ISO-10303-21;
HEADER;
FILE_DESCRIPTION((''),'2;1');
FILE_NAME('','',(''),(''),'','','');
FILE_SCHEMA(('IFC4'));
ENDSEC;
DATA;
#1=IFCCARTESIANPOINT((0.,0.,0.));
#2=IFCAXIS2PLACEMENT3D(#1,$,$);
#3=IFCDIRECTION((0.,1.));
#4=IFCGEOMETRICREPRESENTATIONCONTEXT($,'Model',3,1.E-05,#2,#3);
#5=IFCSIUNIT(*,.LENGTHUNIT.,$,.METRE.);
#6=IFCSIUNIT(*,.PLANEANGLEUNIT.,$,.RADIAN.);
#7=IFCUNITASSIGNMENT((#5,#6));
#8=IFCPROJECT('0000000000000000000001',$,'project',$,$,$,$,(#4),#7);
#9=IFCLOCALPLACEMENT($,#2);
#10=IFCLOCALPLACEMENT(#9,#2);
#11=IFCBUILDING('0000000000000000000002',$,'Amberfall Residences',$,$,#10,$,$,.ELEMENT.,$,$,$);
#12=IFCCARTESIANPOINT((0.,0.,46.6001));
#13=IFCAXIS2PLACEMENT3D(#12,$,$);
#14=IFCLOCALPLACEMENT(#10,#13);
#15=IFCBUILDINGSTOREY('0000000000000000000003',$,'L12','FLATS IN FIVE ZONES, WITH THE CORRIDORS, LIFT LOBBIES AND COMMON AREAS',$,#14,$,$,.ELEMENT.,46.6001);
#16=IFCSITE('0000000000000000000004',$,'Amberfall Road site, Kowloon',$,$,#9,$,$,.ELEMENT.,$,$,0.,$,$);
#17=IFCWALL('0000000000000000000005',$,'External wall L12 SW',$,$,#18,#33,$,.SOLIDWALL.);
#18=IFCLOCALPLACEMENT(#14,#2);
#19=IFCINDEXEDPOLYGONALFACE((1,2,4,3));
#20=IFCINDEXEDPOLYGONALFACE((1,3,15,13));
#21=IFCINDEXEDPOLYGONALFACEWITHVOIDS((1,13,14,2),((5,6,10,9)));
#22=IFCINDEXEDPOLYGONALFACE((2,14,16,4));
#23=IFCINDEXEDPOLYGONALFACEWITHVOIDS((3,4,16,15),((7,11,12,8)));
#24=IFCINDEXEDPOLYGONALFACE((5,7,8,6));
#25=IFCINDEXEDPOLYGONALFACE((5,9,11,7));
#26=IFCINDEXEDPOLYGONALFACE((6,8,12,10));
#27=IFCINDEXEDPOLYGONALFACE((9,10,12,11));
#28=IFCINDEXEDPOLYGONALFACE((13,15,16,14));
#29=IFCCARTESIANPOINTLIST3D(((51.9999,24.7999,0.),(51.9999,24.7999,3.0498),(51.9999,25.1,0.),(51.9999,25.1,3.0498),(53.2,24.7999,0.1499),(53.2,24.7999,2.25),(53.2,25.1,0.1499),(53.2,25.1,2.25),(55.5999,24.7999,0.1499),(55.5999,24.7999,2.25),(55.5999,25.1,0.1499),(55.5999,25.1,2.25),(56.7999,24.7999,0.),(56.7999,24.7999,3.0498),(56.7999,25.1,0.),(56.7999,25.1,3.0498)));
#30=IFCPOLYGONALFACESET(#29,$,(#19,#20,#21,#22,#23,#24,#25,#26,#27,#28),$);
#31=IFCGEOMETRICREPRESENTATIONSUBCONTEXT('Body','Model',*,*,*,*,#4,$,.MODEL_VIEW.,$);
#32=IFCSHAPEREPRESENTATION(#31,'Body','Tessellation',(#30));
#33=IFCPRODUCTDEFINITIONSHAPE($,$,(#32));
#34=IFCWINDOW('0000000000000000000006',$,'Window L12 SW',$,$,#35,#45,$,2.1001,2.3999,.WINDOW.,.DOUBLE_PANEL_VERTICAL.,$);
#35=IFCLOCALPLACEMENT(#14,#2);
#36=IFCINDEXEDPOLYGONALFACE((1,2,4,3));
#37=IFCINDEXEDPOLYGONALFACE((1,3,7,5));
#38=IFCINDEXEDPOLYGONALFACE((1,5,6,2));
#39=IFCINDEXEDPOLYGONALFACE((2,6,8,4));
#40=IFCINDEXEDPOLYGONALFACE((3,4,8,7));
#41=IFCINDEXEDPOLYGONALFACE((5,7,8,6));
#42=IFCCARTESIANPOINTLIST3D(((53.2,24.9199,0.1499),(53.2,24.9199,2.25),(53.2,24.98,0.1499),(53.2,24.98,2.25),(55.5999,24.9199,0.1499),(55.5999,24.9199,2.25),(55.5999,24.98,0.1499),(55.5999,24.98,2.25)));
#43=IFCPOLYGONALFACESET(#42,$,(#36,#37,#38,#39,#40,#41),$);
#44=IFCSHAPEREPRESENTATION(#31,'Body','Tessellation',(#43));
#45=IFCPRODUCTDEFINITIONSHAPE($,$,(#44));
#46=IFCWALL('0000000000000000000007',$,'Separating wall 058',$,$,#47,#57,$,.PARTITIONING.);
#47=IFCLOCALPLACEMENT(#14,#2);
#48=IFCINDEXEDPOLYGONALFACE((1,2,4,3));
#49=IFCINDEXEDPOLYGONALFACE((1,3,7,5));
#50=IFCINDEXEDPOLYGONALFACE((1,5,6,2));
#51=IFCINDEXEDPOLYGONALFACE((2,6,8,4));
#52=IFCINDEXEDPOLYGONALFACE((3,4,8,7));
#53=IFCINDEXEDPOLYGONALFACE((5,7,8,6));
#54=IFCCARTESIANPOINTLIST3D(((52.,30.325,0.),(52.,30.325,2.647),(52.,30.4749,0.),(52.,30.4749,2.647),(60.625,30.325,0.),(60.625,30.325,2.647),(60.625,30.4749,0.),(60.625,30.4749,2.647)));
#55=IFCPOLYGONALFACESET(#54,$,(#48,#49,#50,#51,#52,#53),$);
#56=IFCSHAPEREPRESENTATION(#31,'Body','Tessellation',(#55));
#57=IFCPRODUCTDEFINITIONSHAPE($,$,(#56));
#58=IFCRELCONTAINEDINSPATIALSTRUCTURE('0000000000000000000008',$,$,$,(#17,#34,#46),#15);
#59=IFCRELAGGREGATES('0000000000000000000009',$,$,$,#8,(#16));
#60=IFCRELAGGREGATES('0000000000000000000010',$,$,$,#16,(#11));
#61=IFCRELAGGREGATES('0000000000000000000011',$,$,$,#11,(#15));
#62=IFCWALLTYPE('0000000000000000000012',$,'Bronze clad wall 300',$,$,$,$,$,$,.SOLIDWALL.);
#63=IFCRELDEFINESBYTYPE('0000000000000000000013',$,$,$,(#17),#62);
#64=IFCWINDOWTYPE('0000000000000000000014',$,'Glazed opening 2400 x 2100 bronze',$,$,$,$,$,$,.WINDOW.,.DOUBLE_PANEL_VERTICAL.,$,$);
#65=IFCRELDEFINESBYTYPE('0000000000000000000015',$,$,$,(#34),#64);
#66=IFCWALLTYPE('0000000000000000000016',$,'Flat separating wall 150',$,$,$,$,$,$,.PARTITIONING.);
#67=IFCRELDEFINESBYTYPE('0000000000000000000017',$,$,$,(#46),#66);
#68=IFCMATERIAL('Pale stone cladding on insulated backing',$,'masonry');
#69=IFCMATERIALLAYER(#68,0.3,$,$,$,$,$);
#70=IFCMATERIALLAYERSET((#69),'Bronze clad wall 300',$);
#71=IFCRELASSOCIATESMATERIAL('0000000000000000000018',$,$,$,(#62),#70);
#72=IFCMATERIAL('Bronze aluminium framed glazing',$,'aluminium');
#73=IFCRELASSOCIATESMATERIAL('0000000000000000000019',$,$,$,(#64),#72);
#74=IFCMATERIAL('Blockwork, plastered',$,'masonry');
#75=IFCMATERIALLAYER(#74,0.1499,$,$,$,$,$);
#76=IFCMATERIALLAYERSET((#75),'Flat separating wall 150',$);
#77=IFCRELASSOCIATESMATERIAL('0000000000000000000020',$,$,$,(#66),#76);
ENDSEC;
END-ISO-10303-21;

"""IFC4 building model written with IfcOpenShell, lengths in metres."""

from ifc_helpers import new_model, si_unit, direction, frame, frame_2d, origin, place, context, subcontext, project, spatial, rectangle, extrude, material, layer, layer_set, type_object, element, fill, save


model = new_model("IFC4")

# Units and contexts
model_context = context("Model", 3, precision=1e-05, world=origin(), true_north=direction((0.0, 1.0)))
body_context = subcontext(model_context, "Body", "Model", "MODEL_VIEW")
ifc_project = project(units=[si_unit("LENGTHUNIT", "METRE"), si_unit("PLANEANGLEUNIT", "RADIAN")], contexts=[model_context])

# Site, building, storey
site_placement = place(None, origin())
site = spatial("IfcSite", under=ifc_project, at=site_placement, Name="Amberfall Road site, Kowloon", CompositionType="ELEMENT", RefElevation=0.0)
building_placement = place(site_placement, origin())
building = spatial("IfcBuilding", under=site, at=building_placement, Name="Amberfall Residences", CompositionType="ELEMENT")
storey_placement = place(building_placement, frame((0.0, 0.0, 46.6001)))
storey = spatial("IfcBuildingStorey", under=building, at=storey_placement, Name="L12", Description="FLATS IN FIVE ZONES, WITH THE CORRIDORS, LIFT LOBBIES AND COMMON AREAS", CompositionType="ELEMENT", Elevation=46.6001)

# Wall, opening, window
ifc_material_1 = material(Name="Pale stone cladding on insulated backing", Category="masonry")
ifc_layer_1 = layer(ifc_material_1, 0.3)
ifc_layer_set_1 = layer_set([ifc_layer_1], Name="Bronze clad wall 300")
wall_type_1 = type_object("IfcWallType", Name="Bronze clad wall 300", PredefinedType="SOLIDWALL", material=ifc_layer_set_1)
wall_1_placement = place(storey_placement, frame((52.0, 24.95, 0.0), z_axis=(0.0, 0.0, 1.0), x_axis=(1.0, 0.0, 0.0)))
wall_1 = element("IfcWall", 1, at=wall_1_placement, inside=storey, type_object=wall_type_1, Name="External wall L12 SW", PredefinedType="SOLIDWALL", context=body_context, shape_type="SweptSolid", body=[
    extrude(rectangle(XDim=4.8, YDim=0.3, at=frame_2d((2.3999, 0.0))), origin(), (0.0, 0.0, 1.0), 3.0498),
])
opening_placement = place(wall_1_placement, frame((1.2, 0.0, 0.1499)))
opening = element("IfcOpeningElement", 2, at=opening_placement, cuts=wall_1, PredefinedType="OPENING", context=body_context, shape_type="SweptSolid", body=[
    extrude(rectangle(XDim=2.3999, YDim=2.1001, at=frame_2d((1.2, 1.05))), frame((0.0, 0.1599, 0.0), z_axis=(0.0, -1.0, 0.0), x_axis=(1.0, 0.0, 0.0)), (0.0, 0.0, 1.0), 0.3201),
])
ifc_material_2 = material(Name="Bronze aluminium framed glazing", Category="aluminium")
window_type = type_object("IfcWindowType", Name="Glazed opening 2400 x 2100 bronze", PartitioningType="DOUBLE_PANEL_VERTICAL", PredefinedType="WINDOW", material=ifc_material_2)
window_placement = place(opening_placement, origin())
window = element("IfcWindow", 3, at=window_placement, inside=storey, type_object=window_type, Name="Window L12 SW", OverallHeight=2.1001, OverallWidth=2.3999, PartitioningType="DOUBLE_PANEL_VERTICAL", PredefinedType="WINDOW", context=body_context, shape_type="SweptSolid", body=[
    extrude(rectangle(XDim=2.3999, YDim=2.1001, at=frame_2d((1.2, 1.05))), frame((0.0, 0.03, 0.0), z_axis=(0.0, -1.0, 0.0), x_axis=(1.0, 0.0, 0.0)), (0.0, 0.0, 1.0), 0.0601),
])
fill(opening, window)

# Wall
ifc_material_3 = material(Name="Blockwork, plastered", Category="masonry")
ifc_layer_2 = layer(ifc_material_3, 0.1499)
ifc_layer_set_2 = layer_set([ifc_layer_2], Name="Flat separating wall 150")
wall_type_2 = type_object("IfcWallType", Name="Flat separating wall 150", PredefinedType="PARTITIONING", material=ifc_layer_set_2)
wall_2_placement = place(storey_placement, frame((52.0, 30.3999, 0.0), z_axis=(0.0, 0.0, 1.0), x_axis=(1.0, 0.0, 0.0)))
element("IfcWall", 4, at=wall_2_placement, inside=storey, type_object=wall_type_2, Name="Separating wall 058", PredefinedType="PARTITIONING", context=body_context, shape_type="SweptSolid", body=[
    extrude(rectangle(XDim=8.625, YDim=0.1499, at=frame_2d((4.3125, 0.0))), origin(), (0.0, 0.0, 1.0), 2.647),
])

save(model, "model.ifc")
